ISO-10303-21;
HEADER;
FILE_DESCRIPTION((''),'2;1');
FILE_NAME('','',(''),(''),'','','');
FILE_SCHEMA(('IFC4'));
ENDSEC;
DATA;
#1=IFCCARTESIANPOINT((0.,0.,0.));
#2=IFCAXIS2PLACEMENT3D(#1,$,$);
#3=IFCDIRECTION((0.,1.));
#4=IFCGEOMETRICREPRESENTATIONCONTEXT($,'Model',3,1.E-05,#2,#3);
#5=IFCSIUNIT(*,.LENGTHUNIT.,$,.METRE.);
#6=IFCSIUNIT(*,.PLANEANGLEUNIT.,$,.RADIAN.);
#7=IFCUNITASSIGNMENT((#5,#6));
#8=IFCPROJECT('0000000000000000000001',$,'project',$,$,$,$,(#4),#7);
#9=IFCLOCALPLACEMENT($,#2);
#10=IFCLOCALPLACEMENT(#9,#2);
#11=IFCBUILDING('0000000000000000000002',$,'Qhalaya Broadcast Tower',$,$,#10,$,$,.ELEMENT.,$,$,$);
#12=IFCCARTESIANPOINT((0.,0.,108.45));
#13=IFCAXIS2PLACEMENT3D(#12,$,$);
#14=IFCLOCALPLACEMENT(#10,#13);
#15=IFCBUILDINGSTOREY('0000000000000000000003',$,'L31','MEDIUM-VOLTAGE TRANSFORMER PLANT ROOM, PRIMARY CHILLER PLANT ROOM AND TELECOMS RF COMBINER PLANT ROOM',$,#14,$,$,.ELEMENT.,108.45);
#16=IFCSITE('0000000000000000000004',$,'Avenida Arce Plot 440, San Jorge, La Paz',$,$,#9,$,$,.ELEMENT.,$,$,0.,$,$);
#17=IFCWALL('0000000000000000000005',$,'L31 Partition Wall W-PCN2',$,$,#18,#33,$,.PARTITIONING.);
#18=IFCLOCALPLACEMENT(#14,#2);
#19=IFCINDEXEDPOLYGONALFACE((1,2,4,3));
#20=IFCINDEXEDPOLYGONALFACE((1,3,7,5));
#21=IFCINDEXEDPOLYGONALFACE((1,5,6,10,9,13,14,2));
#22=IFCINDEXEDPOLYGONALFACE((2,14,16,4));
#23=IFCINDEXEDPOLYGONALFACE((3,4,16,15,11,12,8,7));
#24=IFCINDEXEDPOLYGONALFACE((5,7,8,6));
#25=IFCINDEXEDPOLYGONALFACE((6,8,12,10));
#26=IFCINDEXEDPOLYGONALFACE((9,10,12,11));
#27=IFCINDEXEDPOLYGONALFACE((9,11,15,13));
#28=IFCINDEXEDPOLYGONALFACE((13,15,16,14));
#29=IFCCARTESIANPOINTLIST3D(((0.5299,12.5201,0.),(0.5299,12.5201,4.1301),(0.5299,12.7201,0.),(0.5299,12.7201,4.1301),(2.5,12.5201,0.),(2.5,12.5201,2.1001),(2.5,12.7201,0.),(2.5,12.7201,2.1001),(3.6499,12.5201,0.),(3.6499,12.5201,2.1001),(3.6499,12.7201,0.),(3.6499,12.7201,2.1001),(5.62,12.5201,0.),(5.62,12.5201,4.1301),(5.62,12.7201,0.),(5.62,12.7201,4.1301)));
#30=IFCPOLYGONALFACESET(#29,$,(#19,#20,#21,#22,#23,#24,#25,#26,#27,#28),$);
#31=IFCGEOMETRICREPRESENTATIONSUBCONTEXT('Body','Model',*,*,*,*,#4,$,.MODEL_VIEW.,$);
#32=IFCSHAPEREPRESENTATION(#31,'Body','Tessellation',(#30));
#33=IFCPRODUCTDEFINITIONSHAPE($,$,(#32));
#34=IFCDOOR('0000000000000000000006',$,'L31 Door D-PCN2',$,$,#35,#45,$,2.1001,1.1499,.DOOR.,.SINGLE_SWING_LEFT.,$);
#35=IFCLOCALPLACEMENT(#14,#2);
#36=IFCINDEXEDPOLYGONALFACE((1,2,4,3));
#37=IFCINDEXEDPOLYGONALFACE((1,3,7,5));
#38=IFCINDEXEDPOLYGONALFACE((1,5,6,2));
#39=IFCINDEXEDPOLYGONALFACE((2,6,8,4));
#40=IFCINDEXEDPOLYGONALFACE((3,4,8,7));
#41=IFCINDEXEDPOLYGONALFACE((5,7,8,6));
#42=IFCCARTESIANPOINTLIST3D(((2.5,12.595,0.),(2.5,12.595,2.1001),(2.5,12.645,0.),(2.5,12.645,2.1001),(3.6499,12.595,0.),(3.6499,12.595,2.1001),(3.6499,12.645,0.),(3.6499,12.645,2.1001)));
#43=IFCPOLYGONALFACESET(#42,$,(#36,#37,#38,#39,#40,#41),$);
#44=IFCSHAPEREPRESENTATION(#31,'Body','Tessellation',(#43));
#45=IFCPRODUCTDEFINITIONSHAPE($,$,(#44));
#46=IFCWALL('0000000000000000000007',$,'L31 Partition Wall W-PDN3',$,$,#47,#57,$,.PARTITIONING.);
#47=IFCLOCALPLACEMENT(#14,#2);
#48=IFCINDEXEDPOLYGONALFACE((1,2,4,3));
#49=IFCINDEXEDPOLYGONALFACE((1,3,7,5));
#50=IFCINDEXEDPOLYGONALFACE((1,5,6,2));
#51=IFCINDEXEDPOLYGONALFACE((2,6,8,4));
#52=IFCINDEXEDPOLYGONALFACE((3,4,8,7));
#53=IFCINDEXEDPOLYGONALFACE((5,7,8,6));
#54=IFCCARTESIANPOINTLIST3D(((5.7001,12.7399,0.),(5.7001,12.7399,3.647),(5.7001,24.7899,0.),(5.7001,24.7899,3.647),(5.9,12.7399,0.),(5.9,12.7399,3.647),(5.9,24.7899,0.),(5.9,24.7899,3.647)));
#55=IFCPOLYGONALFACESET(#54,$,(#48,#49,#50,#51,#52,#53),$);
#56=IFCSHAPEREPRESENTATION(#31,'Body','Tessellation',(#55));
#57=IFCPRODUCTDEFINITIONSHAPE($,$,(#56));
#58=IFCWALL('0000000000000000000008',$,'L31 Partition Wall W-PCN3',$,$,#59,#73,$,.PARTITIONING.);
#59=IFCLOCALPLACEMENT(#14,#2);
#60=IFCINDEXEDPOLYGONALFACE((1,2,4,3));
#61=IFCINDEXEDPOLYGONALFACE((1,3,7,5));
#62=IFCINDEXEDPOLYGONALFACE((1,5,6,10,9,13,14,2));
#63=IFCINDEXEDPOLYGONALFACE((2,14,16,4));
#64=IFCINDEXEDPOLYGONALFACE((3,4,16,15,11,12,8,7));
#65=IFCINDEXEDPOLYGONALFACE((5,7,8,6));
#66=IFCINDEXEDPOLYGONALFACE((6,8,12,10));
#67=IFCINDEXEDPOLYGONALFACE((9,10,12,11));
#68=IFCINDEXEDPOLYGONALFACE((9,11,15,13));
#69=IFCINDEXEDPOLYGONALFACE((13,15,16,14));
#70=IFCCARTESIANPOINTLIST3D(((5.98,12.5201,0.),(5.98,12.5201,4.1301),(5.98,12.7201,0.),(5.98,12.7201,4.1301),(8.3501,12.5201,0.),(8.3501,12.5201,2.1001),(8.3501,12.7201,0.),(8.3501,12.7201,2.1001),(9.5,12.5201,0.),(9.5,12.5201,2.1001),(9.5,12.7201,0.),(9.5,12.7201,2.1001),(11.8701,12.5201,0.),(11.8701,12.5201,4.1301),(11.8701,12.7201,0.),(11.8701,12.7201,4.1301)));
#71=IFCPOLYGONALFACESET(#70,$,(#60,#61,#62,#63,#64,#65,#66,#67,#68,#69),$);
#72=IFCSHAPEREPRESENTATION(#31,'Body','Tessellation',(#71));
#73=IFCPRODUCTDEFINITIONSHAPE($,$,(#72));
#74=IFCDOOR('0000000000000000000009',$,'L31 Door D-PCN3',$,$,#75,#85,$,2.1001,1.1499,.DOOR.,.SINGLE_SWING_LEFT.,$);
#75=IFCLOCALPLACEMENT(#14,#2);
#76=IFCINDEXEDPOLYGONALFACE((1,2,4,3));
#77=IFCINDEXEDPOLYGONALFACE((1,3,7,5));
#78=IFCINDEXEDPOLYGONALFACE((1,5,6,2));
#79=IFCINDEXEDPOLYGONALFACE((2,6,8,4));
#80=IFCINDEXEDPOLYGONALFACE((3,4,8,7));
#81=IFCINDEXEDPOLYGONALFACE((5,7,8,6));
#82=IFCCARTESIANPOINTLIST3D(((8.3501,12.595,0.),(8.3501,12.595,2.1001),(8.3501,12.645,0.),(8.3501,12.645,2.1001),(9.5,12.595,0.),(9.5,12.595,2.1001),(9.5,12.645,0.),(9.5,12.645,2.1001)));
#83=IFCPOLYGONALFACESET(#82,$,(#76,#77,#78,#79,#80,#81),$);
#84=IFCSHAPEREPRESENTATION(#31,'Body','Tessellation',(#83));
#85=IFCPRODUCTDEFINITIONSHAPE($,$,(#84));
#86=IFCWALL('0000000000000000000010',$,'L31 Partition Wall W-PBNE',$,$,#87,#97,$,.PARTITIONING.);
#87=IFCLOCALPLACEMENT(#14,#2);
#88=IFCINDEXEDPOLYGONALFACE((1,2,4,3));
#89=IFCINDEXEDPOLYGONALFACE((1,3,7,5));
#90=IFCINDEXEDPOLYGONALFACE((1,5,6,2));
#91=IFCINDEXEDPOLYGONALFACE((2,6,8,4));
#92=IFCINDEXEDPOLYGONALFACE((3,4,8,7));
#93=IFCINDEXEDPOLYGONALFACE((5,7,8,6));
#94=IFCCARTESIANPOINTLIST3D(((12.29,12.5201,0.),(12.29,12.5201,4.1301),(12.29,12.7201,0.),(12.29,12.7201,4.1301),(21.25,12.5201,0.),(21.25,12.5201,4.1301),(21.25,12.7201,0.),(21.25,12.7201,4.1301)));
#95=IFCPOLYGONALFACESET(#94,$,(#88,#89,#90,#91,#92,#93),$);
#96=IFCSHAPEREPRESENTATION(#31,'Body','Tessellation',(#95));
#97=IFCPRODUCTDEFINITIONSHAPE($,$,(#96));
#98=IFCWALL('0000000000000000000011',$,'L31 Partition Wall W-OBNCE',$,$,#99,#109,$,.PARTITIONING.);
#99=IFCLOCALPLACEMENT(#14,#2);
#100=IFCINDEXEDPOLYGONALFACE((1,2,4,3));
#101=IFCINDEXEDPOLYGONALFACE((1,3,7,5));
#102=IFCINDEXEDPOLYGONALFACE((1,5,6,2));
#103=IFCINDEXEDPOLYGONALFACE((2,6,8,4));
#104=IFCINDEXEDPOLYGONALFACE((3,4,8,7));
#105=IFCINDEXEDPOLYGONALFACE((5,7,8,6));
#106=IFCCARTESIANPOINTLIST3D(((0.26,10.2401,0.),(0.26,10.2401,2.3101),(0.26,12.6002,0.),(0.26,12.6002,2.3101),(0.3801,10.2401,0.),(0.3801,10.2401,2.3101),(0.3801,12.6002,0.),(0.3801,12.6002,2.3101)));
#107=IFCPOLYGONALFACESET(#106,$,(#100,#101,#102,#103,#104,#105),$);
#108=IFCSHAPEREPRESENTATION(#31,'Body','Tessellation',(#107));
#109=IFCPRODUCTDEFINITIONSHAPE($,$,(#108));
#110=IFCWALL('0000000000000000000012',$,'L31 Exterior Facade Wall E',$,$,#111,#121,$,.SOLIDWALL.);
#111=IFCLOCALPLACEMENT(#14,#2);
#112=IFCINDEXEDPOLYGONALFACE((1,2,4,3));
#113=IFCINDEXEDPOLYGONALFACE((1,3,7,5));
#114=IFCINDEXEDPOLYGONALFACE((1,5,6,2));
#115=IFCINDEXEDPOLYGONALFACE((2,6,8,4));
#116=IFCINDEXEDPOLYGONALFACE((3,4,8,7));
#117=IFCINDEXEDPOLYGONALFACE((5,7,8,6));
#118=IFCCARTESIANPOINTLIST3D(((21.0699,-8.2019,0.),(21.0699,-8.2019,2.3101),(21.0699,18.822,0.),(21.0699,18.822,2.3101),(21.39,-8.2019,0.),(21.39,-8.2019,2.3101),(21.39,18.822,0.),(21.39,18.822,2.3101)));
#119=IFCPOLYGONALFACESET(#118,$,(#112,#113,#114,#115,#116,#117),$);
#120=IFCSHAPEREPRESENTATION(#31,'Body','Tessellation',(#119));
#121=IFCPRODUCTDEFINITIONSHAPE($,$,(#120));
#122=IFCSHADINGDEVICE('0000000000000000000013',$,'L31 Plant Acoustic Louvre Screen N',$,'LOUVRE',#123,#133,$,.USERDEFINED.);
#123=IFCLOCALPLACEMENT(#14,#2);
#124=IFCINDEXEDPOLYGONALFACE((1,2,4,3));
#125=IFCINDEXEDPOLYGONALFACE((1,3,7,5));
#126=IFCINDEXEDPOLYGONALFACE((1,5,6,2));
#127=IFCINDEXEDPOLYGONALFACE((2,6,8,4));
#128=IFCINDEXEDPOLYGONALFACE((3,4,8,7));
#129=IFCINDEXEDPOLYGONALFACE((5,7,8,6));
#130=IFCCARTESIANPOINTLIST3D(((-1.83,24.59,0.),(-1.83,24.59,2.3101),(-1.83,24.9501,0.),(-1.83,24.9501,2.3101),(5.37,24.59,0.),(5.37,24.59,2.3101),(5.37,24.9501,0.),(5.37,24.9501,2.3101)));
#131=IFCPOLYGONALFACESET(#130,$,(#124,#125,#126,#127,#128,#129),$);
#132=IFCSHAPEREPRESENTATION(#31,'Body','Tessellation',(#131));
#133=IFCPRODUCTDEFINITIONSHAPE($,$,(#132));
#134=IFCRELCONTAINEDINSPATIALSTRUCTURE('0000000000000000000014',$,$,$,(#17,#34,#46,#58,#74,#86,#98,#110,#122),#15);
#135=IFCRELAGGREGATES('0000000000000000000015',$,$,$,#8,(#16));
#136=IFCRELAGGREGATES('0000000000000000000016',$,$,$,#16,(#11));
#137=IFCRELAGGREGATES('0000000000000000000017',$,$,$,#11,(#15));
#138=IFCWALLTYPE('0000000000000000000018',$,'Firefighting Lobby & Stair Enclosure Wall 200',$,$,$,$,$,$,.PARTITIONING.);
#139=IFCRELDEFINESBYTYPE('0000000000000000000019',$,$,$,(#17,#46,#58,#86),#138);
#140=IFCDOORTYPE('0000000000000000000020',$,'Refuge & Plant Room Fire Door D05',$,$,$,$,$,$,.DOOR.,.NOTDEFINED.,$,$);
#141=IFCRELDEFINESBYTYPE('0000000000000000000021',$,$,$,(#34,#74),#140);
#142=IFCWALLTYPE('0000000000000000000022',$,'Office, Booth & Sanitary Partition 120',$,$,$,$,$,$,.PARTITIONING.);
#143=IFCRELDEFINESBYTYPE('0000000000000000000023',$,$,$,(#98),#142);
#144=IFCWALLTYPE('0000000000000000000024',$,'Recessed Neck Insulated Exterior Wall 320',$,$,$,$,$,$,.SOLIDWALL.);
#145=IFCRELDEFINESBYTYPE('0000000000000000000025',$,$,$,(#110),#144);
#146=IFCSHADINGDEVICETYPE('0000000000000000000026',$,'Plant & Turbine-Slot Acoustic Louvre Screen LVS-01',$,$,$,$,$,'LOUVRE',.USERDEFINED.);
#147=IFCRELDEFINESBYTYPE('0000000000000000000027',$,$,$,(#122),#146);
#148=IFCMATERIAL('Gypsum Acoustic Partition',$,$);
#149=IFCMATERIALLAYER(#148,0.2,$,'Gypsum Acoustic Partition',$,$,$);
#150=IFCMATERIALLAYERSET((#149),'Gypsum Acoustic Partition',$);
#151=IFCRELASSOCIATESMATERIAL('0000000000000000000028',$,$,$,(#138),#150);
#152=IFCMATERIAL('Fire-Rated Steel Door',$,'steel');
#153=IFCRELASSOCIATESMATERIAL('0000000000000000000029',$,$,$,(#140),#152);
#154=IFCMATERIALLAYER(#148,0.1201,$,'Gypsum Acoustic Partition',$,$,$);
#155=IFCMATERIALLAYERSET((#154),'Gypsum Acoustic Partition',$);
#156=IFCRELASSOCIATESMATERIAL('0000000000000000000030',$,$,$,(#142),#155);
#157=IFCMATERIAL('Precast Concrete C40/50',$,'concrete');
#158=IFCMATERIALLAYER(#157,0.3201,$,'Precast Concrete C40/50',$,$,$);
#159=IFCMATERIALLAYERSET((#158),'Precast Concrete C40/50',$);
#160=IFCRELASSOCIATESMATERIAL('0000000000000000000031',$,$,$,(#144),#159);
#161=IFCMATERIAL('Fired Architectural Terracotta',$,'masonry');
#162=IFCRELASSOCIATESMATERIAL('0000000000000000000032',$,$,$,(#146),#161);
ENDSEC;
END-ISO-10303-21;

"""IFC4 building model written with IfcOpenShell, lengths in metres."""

from ifc_helpers import new_model, si_unit, direction, frame, frame_2d, origin, origin_2d, place, context, subcontext, project, spatial, rectangle, extrude, material, layer, layer_set, type_object, element, fill, save


model = new_model("IFC4")

# Units and contexts
model_context = context("Model", 3, precision=1e-05, world=origin(), true_north=direction((0.0, 1.0)))
body_context = subcontext(model_context, "Body", "Model", "MODEL_VIEW")
ifc_project = project(units=[si_unit("LENGTHUNIT", "METRE"), si_unit("PLANEANGLEUNIT", "RADIAN")], contexts=[model_context])

# Site, building, storey
site_placement = place(None, origin())
site = spatial("IfcSite", under=ifc_project, at=site_placement, Name="Avenida Arce Plot 440, San Jorge, La Paz", CompositionType="ELEMENT", RefElevation=0.0)
building_placement = place(site_placement, origin())
building = spatial("IfcBuilding", under=site, at=building_placement, Name="Qhalaya Broadcast Tower", CompositionType="ELEMENT")
storey_placement = place(building_placement, frame((0.0, 0.0, 108.45)))
storey = spatial("IfcBuildingStorey", under=building, at=storey_placement, Name="L31", Description="MEDIUM-VOLTAGE TRANSFORMER PLANT ROOM, PRIMARY CHILLER PLANT ROOM AND TELECOMS RF COMBINER PLANT ROOM", CompositionType="ELEMENT", Elevation=108.45)

# Shared definitions
ifc_material_1 = material(Name="Gypsum Acoustic Partition")
ifc_layer_1 = layer(ifc_material_1, 0.2, Name="Gypsum Acoustic Partition")
ifc_layer_set_1 = layer_set([ifc_layer_1], Name="Gypsum Acoustic Partition")
wall_type_1 = type_object("IfcWallType", Name="Firefighting Lobby & Stair Enclosure Wall 200", PredefinedType="PARTITIONING", material=ifc_layer_set_1)

# Wall, opening, door
wall_1_placement = place(storey_placement, frame((0.53, 12.6201, 0.0), z_axis=(0.0, 0.0, 1.0), x_axis=(1.0, 0.0, 0.0)))
wall_1 = element("IfcWall", 1, at=wall_1_placement, inside=storey, type_object=wall_type_1, Name="L31 Partition Wall W-PCN2", PredefinedType="PARTITIONING", context=body_context, shape_type="SweptSolid", body=[
    extrude(rectangle(XDim=5.0901, YDim=0.2, at=frame_2d((2.5449, 0.0))), origin(), (0.0, 0.0, 1.0), 4.1301),
])
opening_1_placement = place(wall_1_placement, frame((1.97, 0.0, 0.0)))
opening_1 = element("IfcOpeningElement", 2, at=opening_1_placement, cuts=wall_1, PredefinedType="OPENING", context=body_context, shape_type="SweptSolid", body=[
    extrude(rectangle(XDim=1.1499, YDim=2.1001, at=frame_2d((0.575, 1.05))), frame((0.0, 0.1121, 0.0), z_axis=(0.0, -1.0, 0.0), x_axis=(1.0, 0.0, 0.0)), (0.0, 0.0, 1.0), 0.2239),
])
ifc_material_2 = material(Name="Fire-Rated Steel Door", Category="steel")
door_type = type_object("IfcDoorType", Name="Refuge & Plant Room Fire Door D05", OperationType="NOTDEFINED", PredefinedType="DOOR", material=ifc_material_2)
door_1_placement = place(opening_1_placement, origin())
door_1 = element("IfcDoor", 3, at=door_1_placement, inside=storey, type_object=door_type, Name="L31 Door D-PCN2", OperationType="SINGLE_SWING_LEFT", OverallHeight=2.1001, OverallWidth=1.1499, PredefinedType="DOOR", context=body_context, shape_type="SweptSolid", body=[
    extrude(rectangle(XDim=1.1499, YDim=2.1001, at=frame_2d((0.575, 1.05))), frame((0.0, 0.0249, 0.0), z_axis=(0.0, -1.0, 0.0), x_axis=(1.0, 0.0, 0.0)), (0.0, 0.0, 1.0), 0.05),
])
fill(opening_1, door_1)

# Wall
wall_2_placement = place(storey_placement, frame((5.8, 12.74, 0.0), z_axis=(0.0, 0.0, 1.0), x_axis=(0.0, 1.0, 0.0)))
element("IfcWall", 4, at=wall_2_placement, inside=storey, type_object=wall_type_1, Name="L31 Partition Wall W-PDN3", PredefinedType="PARTITIONING", context=body_context, shape_type="SweptSolid", body=[
    extrude(rectangle(XDim=12.05, YDim=0.2, at=frame_2d((6.0249, 0.0))), origin(), (0.0, 0.0, 1.0), 3.647),
])

# Wall, opening, door
wall_3_placement = place(storey_placement, frame((5.98, 12.6201, 0.0), z_axis=(0.0, 0.0, 1.0), x_axis=(1.0, 0.0, 0.0)))
wall_3 = element("IfcWall", 5, at=wall_3_placement, inside=storey, type_object=wall_type_1, Name="L31 Partition Wall W-PCN3", PredefinedType="PARTITIONING", context=body_context, shape_type="SweptSolid", body=[
    extrude(rectangle(XDim=5.8901, YDim=0.2, at=frame_2d((2.9451, 0.0))), origin(), (0.0, 0.0, 1.0), 4.1301),
])
opening_2_placement = place(wall_3_placement, frame((2.3701, 0.0, 0.0)))
opening_2 = element("IfcOpeningElement", 6, at=opening_2_placement, cuts=wall_3, PredefinedType="OPENING", context=body_context, shape_type="SweptSolid", body=[
    extrude(rectangle(XDim=1.1499, YDim=2.1001, at=frame_2d((0.575, 1.05))), frame((0.0, 0.1121, 0.0), z_axis=(0.0, -1.0, 0.0), x_axis=(1.0, 0.0, 0.0)), (0.0, 0.0, 1.0), 0.2239),
])
door_2_placement = place(opening_2_placement, origin())
door_2 = element("IfcDoor", 7, at=door_2_placement, inside=storey, type_object=door_type, Name="L31 Door D-PCN3", OperationType="SINGLE_SWING_LEFT", OverallHeight=2.1001, OverallWidth=1.1499, PredefinedType="DOOR", context=body_context, shape_type="SweptSolid", body=[
    extrude(rectangle(XDim=1.1499, YDim=2.1001, at=frame_2d((0.575, 1.05))), frame((0.0, 0.0249, 0.0), z_axis=(0.0, -1.0, 0.0), x_axis=(1.0, 0.0, 0.0)), (0.0, 0.0, 1.0), 0.05),
])
fill(opening_2, door_2)

# Walls
wall_4_placement = place(storey_placement, frame((12.29, 12.6201, 0.0), z_axis=(0.0, 0.0, 1.0), x_axis=(1.0, 0.0, 0.0)))
element("IfcWall", 8, at=wall_4_placement, inside=storey, type_object=wall_type_1, Name="L31 Partition Wall W-PBNE", PredefinedType="PARTITIONING", context=body_context, shape_type="SweptSolid", body=[
    extrude(rectangle(XDim=8.96, YDim=0.2, at=frame_2d((4.48, 0.0))), origin(), (0.0, 0.0, 1.0), 4.1301),
])
ifc_layer_2 = layer(ifc_material_1, 0.1201, Name="Gypsum Acoustic Partition")
ifc_layer_set_2 = layer_set([ifc_layer_2], Name="Gypsum Acoustic Partition")
wall_type_2 = type_object("IfcWallType", Name="Office, Booth & Sanitary Partition 120", PredefinedType="PARTITIONING", material=ifc_layer_set_2)
wall_5_placement = place(storey_placement, frame((0.3201, 10.24, 0.0), z_axis=(0.0, 0.0, 1.0), x_axis=(0.0, 1.0, 0.0)))
element("IfcWall", 9, at=wall_5_placement, inside=storey, type_object=wall_type_2, Name="L31 Partition Wall W-OBNCE", PredefinedType="PARTITIONING", context=body_context, shape_type="SweptSolid", body=[
    extrude(rectangle(XDim=2.3601, YDim=0.1201, at=frame_2d((1.1802, 0.0))), origin(), (0.0, 0.0, 1.0), 2.3101),
])
ifc_material_3 = material(Name="Precast Concrete C40/50", Category="concrete")
ifc_layer_3 = layer(ifc_material_3, 0.3201, Name="Precast Concrete C40/50")
ifc_layer_set_3 = layer_set([ifc_layer_3], Name="Precast Concrete C40/50")
wall_type_3 = type_object("IfcWallType", Name="Recessed Neck Insulated Exterior Wall 320", PredefinedType="SOLIDWALL", material=ifc_layer_set_3)
wall_6_placement = place(storey_placement, frame((21.23, 18.822, 0.0), z_axis=(0.0, 0.0, 1.0), x_axis=(0.0, -1.0, 0.0)))
element("IfcWall", 10, at=wall_6_placement, inside=storey, type_object=wall_type_3, Name="L31 Exterior Facade Wall E", PredefinedType="SOLIDWALL", context=body_context, shape_type="SweptSolid", body=[
    extrude(rectangle(XDim=27.0239, YDim=0.3201, at=frame_2d((13.512, 0.0))), origin(), (0.0, 0.0, 1.0), 2.3101),
])

# Shading device
ifc_material_4 = material(Name="Fired Architectural Terracotta", Category="masonry")
shading_device_type = type_object("IfcShadingDeviceType", Name="Plant & Turbine-Slot Acoustic Louvre Screen LVS-01", ElementType="LOUVRE", PredefinedType="USERDEFINED", material=ifc_material_4)
shading_device_placement = place(storey_placement, frame((1.77, 24.77, 0.0), z_axis=(0.0, 0.0, 1.0), x_axis=(1.0, 0.0, 0.0)))
element("IfcShadingDevice", 11, at=shading_device_placement, inside=storey, type_object=shading_device_type, Name="L31 Plant Acoustic Louvre Screen N", ObjectType="LOUVRE", PredefinedType="USERDEFINED", context=body_context, shape_type="SweptSolid", body=[
    extrude(rectangle(XDim=7.2, YDim=0.3601, at=origin_2d()), origin(), (0.0, 0.0, 1.0), 2.3101),
])

save(model, "model.ifc")
